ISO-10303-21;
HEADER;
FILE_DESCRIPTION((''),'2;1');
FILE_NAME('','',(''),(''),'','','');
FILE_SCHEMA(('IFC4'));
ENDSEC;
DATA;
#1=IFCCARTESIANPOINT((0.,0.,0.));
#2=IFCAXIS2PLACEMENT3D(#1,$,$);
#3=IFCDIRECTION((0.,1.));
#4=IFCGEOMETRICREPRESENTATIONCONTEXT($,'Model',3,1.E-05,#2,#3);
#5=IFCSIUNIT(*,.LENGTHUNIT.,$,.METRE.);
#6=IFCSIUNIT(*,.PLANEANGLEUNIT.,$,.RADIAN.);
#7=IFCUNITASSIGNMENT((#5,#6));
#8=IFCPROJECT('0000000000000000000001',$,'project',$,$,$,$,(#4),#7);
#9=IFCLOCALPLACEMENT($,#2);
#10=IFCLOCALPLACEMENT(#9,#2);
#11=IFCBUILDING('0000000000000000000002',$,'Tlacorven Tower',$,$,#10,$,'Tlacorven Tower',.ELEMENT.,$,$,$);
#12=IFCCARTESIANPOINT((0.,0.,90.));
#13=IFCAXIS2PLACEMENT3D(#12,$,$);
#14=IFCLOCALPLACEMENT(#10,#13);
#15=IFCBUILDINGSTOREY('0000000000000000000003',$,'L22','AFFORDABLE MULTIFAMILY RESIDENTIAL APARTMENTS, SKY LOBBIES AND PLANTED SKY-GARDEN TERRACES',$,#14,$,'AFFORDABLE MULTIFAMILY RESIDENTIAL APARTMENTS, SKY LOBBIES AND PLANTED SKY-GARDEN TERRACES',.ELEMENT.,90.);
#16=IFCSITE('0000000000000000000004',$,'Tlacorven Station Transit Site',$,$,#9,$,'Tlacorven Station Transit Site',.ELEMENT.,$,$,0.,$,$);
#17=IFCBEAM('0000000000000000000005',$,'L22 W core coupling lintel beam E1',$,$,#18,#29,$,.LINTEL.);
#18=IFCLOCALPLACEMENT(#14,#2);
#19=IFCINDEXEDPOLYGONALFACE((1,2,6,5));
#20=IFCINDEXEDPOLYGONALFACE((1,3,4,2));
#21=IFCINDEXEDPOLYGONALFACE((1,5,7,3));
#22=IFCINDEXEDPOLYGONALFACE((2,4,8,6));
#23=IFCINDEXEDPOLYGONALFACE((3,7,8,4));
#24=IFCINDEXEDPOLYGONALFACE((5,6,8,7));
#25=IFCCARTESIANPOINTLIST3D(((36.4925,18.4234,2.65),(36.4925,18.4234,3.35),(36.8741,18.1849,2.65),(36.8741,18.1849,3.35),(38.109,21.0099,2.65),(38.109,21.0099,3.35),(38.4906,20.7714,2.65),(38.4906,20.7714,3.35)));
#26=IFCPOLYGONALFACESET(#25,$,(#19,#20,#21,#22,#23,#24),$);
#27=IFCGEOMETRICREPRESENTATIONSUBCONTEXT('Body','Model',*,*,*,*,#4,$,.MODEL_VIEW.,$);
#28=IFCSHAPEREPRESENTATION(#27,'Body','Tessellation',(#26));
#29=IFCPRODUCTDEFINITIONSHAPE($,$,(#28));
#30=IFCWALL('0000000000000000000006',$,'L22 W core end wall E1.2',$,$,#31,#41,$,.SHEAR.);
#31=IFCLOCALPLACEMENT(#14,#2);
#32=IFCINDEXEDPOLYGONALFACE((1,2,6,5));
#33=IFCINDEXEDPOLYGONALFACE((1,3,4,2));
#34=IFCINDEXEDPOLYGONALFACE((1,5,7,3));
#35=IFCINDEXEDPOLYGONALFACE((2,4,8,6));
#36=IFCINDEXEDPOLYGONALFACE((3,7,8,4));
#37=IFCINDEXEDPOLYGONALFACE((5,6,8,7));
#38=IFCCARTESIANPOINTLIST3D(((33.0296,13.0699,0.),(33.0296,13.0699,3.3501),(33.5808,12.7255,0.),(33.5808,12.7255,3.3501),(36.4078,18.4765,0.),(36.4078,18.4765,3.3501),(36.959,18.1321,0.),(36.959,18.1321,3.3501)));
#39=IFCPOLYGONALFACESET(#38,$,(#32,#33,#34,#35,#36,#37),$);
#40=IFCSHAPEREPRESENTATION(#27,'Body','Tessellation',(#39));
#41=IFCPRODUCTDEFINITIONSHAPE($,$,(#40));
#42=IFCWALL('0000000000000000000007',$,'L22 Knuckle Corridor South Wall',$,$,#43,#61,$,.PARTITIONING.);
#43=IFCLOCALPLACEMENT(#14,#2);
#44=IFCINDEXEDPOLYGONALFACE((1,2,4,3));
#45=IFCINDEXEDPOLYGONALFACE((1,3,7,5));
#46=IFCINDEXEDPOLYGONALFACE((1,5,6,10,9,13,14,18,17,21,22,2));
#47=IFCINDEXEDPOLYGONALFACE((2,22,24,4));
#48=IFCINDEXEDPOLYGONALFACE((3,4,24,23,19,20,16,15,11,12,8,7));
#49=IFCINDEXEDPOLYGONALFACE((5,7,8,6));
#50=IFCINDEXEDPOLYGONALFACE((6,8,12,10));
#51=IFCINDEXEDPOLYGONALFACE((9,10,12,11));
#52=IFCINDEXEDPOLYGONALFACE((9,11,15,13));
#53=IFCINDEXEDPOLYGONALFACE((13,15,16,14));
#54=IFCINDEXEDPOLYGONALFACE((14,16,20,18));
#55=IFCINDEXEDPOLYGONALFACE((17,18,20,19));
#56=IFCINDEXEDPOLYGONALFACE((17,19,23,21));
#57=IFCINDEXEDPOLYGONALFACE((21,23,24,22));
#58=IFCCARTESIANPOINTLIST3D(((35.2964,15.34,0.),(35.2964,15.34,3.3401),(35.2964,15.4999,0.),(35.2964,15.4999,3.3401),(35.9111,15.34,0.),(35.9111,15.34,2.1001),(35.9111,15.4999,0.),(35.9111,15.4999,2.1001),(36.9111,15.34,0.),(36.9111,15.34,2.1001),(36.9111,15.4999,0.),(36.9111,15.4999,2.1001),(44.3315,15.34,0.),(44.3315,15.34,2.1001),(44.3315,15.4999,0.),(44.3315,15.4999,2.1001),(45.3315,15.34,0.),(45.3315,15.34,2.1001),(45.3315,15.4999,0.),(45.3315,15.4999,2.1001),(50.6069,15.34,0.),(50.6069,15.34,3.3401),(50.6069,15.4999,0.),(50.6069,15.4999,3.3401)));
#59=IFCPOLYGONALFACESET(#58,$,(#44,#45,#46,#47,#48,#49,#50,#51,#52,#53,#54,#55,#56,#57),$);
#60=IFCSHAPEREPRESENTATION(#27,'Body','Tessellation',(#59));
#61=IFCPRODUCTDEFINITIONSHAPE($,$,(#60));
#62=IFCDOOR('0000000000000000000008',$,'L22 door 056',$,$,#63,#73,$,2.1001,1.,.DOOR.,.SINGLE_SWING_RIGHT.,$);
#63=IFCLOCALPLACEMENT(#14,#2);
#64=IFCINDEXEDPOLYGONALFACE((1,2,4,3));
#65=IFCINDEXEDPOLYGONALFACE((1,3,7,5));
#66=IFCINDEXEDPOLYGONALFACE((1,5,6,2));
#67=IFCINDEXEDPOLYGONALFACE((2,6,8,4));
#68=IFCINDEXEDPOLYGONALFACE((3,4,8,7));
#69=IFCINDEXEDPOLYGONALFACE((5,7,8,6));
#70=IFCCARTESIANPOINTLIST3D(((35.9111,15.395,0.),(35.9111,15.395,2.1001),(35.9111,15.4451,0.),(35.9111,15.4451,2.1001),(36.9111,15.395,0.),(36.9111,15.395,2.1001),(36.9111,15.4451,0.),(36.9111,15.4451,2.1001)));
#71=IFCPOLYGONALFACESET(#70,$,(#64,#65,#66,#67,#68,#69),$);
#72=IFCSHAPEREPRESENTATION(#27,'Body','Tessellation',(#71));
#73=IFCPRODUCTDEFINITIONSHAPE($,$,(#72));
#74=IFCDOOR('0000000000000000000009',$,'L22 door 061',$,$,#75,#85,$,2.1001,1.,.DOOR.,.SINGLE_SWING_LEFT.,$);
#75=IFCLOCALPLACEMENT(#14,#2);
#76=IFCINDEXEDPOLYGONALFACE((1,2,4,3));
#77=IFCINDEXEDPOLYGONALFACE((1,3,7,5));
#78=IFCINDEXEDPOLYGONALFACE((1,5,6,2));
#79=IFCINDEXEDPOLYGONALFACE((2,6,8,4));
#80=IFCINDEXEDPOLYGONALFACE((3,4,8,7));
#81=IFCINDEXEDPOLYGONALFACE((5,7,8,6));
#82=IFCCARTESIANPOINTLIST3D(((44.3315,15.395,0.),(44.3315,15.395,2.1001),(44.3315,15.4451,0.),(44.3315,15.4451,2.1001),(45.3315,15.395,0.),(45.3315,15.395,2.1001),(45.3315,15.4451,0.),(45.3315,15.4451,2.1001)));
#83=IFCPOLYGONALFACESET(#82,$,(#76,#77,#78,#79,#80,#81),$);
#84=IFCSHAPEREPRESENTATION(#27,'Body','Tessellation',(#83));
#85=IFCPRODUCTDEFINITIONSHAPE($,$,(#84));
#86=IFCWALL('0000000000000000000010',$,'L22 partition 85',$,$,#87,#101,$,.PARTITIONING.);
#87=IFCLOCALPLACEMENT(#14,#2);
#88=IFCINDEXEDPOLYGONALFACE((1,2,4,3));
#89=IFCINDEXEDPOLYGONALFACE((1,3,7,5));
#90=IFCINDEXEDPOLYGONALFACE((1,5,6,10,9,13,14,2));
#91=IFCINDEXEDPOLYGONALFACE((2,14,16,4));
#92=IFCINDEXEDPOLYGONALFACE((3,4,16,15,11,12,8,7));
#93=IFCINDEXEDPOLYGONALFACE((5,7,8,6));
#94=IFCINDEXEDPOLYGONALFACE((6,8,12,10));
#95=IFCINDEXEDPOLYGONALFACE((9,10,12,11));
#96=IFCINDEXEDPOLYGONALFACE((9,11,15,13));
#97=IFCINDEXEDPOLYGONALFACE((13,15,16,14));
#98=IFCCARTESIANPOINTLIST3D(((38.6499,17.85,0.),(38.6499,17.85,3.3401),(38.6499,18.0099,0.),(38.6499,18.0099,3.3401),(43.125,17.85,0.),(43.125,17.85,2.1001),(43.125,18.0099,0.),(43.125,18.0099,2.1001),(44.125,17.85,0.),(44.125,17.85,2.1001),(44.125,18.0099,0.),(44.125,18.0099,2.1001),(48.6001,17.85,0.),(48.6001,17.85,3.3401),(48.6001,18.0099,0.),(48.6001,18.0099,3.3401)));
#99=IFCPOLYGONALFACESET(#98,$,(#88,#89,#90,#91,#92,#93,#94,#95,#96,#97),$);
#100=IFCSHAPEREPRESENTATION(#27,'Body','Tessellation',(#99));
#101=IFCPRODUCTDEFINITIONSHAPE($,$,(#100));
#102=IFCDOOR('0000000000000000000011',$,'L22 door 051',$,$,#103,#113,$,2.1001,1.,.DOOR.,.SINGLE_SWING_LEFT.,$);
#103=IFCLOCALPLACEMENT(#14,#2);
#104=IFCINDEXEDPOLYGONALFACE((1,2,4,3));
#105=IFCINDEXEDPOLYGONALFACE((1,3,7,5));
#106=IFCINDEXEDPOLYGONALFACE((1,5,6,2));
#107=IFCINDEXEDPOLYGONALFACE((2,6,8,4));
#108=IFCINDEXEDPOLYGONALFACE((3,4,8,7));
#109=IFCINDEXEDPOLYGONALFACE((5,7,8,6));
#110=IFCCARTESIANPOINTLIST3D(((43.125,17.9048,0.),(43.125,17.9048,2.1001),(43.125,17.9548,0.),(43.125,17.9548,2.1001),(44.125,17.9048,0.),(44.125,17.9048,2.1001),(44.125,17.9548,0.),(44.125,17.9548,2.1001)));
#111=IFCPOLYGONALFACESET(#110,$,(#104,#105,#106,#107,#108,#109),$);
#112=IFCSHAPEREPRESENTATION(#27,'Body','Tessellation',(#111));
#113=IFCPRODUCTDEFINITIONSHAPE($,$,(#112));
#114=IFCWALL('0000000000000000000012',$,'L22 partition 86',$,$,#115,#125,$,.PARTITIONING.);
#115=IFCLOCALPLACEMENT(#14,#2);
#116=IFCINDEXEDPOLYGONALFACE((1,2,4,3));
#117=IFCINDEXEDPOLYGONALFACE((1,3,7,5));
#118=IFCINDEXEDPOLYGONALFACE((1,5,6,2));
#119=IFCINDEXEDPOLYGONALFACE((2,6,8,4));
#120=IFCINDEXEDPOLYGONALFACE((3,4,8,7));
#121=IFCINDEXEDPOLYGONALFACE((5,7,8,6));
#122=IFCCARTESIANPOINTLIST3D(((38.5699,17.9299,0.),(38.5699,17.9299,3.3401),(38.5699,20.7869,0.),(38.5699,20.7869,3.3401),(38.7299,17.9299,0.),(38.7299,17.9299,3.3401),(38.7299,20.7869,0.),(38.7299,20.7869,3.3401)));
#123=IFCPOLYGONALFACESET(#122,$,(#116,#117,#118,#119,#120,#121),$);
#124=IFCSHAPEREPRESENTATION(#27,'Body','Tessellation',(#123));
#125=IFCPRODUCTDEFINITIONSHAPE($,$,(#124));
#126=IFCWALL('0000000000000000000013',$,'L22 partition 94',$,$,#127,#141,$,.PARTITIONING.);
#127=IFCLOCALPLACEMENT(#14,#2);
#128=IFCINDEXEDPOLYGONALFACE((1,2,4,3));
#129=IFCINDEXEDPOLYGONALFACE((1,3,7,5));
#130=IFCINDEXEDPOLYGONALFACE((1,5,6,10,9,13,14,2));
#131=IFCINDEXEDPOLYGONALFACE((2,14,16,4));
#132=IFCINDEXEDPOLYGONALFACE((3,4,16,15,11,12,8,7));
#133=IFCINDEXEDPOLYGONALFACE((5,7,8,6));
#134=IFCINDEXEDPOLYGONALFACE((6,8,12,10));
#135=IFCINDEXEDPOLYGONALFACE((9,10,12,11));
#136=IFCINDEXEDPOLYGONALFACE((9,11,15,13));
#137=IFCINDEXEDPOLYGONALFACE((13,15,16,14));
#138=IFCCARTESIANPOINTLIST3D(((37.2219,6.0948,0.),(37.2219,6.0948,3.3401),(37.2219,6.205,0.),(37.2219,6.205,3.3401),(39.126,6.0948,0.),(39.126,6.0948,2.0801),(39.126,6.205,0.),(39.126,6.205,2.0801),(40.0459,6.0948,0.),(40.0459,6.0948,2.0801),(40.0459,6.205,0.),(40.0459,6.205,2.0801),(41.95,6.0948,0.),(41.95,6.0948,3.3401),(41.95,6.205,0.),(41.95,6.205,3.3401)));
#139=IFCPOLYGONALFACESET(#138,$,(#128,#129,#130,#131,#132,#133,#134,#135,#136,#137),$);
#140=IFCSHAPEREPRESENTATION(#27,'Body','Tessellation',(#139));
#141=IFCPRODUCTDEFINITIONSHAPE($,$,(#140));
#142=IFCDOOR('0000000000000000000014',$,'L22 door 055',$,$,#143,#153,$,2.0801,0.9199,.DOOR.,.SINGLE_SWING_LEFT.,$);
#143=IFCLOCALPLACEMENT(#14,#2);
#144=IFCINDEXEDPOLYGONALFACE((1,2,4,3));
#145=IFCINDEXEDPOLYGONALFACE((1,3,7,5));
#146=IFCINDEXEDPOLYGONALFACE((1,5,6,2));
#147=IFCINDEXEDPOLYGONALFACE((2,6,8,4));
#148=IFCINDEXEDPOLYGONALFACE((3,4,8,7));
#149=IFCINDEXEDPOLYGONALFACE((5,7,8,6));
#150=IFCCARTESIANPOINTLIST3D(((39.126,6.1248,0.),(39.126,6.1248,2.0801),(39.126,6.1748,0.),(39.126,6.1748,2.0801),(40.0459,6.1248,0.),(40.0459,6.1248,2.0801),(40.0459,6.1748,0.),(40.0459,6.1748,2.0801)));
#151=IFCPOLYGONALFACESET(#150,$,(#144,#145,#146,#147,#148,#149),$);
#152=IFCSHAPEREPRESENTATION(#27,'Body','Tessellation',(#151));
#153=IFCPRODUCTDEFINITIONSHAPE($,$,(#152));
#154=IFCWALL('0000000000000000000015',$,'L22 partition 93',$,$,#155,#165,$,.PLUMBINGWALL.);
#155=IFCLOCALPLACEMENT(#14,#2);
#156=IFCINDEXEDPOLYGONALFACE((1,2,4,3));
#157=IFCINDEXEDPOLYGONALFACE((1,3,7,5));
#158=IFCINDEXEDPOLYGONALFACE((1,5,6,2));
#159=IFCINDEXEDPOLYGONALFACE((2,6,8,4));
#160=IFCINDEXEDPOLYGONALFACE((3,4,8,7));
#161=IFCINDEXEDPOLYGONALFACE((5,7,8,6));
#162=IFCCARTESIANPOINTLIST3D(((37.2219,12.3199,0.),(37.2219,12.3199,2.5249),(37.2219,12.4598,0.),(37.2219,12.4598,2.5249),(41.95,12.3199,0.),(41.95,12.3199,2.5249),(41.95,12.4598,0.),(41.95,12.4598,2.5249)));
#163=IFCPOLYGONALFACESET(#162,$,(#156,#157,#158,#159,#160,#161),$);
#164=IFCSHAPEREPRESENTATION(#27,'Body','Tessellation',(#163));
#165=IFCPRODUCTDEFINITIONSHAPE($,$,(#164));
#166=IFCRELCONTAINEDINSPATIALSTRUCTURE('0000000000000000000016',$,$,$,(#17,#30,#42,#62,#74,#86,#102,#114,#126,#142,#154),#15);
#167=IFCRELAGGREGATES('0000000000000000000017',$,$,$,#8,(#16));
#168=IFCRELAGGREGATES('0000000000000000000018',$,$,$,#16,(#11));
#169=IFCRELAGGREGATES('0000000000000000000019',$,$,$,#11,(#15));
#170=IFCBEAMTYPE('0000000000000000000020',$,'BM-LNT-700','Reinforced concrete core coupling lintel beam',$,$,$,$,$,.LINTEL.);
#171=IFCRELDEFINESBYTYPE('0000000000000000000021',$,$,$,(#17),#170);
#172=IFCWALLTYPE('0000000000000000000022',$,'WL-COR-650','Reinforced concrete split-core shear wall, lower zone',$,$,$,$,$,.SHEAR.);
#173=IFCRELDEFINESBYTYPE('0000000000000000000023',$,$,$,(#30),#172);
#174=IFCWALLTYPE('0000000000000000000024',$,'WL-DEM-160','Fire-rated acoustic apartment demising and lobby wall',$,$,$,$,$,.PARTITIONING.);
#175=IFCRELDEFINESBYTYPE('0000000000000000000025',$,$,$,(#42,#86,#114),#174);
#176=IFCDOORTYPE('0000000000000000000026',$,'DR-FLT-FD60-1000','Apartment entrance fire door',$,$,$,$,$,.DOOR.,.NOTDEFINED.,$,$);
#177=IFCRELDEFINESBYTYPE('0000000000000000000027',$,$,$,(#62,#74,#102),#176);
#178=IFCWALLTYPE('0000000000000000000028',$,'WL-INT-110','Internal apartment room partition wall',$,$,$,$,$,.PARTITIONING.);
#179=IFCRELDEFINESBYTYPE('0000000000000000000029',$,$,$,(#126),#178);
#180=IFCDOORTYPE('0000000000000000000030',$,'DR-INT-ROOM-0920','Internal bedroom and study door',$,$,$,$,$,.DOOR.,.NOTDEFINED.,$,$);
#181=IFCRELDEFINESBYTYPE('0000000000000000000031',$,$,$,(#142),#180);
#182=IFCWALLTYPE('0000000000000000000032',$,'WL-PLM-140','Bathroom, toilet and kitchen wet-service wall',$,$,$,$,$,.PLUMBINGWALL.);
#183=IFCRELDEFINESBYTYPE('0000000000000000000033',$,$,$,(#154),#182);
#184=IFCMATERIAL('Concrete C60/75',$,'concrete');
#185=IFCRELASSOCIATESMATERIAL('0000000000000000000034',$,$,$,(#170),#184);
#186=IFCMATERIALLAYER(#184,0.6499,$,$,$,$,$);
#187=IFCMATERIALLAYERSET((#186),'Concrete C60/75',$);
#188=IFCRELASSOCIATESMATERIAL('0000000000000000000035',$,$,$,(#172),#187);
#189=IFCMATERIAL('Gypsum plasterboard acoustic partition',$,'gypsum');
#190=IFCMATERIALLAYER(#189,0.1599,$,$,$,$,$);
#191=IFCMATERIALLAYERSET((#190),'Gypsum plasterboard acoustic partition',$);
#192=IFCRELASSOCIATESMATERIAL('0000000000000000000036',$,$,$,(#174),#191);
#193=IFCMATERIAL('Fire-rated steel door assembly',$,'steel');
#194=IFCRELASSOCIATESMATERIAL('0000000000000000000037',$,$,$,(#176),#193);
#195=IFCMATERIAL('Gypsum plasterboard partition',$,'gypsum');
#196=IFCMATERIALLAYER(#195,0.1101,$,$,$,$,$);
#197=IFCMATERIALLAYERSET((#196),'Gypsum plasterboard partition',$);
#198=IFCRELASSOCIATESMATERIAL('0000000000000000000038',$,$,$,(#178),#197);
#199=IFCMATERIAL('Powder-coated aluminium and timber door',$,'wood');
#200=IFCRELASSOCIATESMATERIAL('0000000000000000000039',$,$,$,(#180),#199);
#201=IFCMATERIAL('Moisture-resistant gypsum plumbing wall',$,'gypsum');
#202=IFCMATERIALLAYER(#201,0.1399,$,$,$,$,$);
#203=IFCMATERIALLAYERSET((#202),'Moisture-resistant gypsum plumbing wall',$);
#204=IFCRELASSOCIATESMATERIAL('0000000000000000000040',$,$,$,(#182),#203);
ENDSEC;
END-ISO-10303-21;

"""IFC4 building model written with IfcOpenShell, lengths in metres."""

from ifc_helpers import new_model, si_unit, direction, frame, frame_2d, origin, origin_2d, place, context, subcontext, project, spatial, rectangle, extrude, source, transform, mapped, material, layer, layer_set, material_profile, profile_set, type_object, element, fill, save


model = new_model("IFC4")

# Units and contexts
model_context = context("Model", 3, precision=1e-05, world=origin(), true_north=direction((0.0, 1.0)))
body_context = subcontext(model_context, "Body", "Model", "MODEL_VIEW")
ifc_project = project(units=[si_unit("LENGTHUNIT", "METRE"), si_unit("PLANEANGLEUNIT", "RADIAN")], contexts=[model_context])

# Site, building, storey
site_placement = place(None, origin())
site = spatial("IfcSite", under=ifc_project, at=site_placement, Name="Tlacorven Station Transit Site", LongName="Tlacorven Station Transit Site", CompositionType="ELEMENT", RefElevation=0.0)
building_placement = place(site_placement, origin())
building = spatial("IfcBuilding", under=site, at=building_placement, Name="Tlacorven Tower", LongName="Tlacorven Tower", CompositionType="ELEMENT")
storey_placement = place(building_placement, frame((0.0, 0.0, 90.0)))
storey = spatial("IfcBuildingStorey", under=building, at=storey_placement, Name="L22", Description="AFFORDABLE MULTIFAMILY RESIDENTIAL APARTMENTS, SKY LOBBIES AND PLANTED SKY-GARDEN TERRACES", LongName="AFFORDABLE MULTIFAMILY RESIDENTIAL APARTMENTS, SKY LOBBIES AND PLANTED SKY-GARDEN TERRACES", CompositionType="ELEMENT", Elevation=90.0)

# Beam
ifc_material_1 = material(Name="Concrete C60/75", Category="concrete")
ifc_material_profile = material_profile(ifc_material_1, rectangle(XDim=0.45, YDim=0.7, at=origin_2d()), Name="RC 450X700")
ifc_profile_set = profile_set([ifc_material_profile], Name="Concrete C60/75")
beam_type = type_object("IfcBeamType", Name="BM-LNT-700", Description="Reinforced concrete core coupling lintel beam", PredefinedType="LINTEL", material=ifc_profile_set)
shared_shape_1 = source(origin(), body_context, "Body", "SweptSolid", [
    extrude(rectangle(XDim=0.45, YDim=0.7, at=origin_2d()), origin(), (0.0, 0.0, 1.0), 3.05),
])
beam_placement = place(storey_placement, frame((38.2998, 20.8906, 3.0), z_axis=(-0.529985, -0.848007, 0.0), x_axis=(0.848007, -0.529985, 0.0)))
element("IfcBeam", 1, at=beam_placement, inside=storey, type_object=beam_type, Name="L22 W core coupling lintel beam E1", PredefinedType="LINTEL", context=body_context, shape_type="MappedRepresentation", body=[
    mapped(shared_shape_1, transform((0.0, 0.0, 0.0), scale=1.0)),
])

# Wall
ifc_layer_1 = layer(ifc_material_1, 0.6499)
ifc_layer_set_1 = layer_set([ifc_layer_1], Name="Concrete C60/75")
wall_type_1 = type_object("IfcWallType", Name="WL-COR-650", Description="Reinforced concrete split-core shear wall, lower zone", PredefinedType="SHEAR", material=ifc_layer_set_1)
wall_1_placement = place(storey_placement, frame((36.6833, 18.3042, 0.0), z_axis=(0.0, 0.0, 1.0), x_axis=(-0.529899, -0.848061, 0.0)))
element("IfcWall", 2, at=wall_1_placement, inside=storey, type_object=wall_type_1, Name="L22 W core end wall E1.2", PredefinedType="SHEAR", context=body_context, shape_type="SweptSolid", body=[
    extrude(rectangle(XDim=6.3752, YDim=0.6499, at=frame_2d((3.1875, 0.0))), origin(), (0.0, 0.0, 1.0), 3.3501),
])

# Wall, openings, doors
ifc_material_2 = material(Name="Gypsum plasterboard acoustic partition", Category="gypsum")
ifc_layer_2 = layer(ifc_material_2, 0.1599)
ifc_layer_set_2 = layer_set([ifc_layer_2], Name="Gypsum plasterboard acoustic partition")
wall_type_2 = type_object("IfcWallType", Name="WL-DEM-160", Description="Fire-rated acoustic apartment demising and lobby wall", PredefinedType="PARTITIONING", material=ifc_layer_set_2)
wall_2_placement = place(storey_placement, frame((35.2964, 15.4199, 0.0), z_axis=(0.0, 0.0, 1.0), x_axis=(1.0, 0.0, 0.0)))
wall_2 = element("IfcWall", 3, at=wall_2_placement, inside=storey, type_object=wall_type_2, Name="L22 Knuckle Corridor South Wall", PredefinedType="PARTITIONING", context=body_context, shape_type="SweptSolid", body=[
    extrude(rectangle(XDim=15.3105, YDim=0.1599, at=frame_2d((7.6553, 0.0))), origin(), (0.0, 0.0, 1.0), 3.3401),
])
opening_1_placement = place(wall_2_placement, frame((0.6147, 0.0, 0.0)))
opening_1 = element("IfcOpeningElement", 4, at=opening_1_placement, cuts=wall_2, PredefinedType="OPENING", context=body_context, shape_type="SweptSolid", body=[
    extrude(rectangle(XDim=1.0, YDim=2.1001, at=frame_2d((0.5, 1.05))), frame((0.0, 0.0898, 0.0), z_axis=(0.0, -1.0, 0.0), x_axis=(1.0, 0.0, 0.0)), (0.0, 0.0, 1.0), 0.1799),
])
opening_2_placement = place(wall_2_placement, frame((9.0352, 0.0, 0.0)))
opening_2 = element("IfcOpeningElement", 5, at=opening_2_placement, cuts=wall_2, PredefinedType="OPENING", context=body_context, shape_type="SweptSolid", body=[
    extrude(rectangle(XDim=1.0, YDim=2.1001, at=frame_2d((0.5, 1.05))), frame((0.0, 0.0898, 0.0), z_axis=(0.0, -1.0, 0.0), x_axis=(1.0, 0.0, 0.0)), (0.0, 0.0, 1.0), 0.1799),
])
ifc_material_3 = material(Name="Fire-rated steel door assembly", Category="steel")
door_type_1 = type_object("IfcDoorType", Name="DR-FLT-FD60-1000", Description="Apartment entrance fire door", OperationType="NOTDEFINED", PredefinedType="DOOR", material=ifc_material_3)
shared_shape_2 = source(origin(), body_context, "Body", "SweptSolid", [
    extrude(rectangle(XDim=1.0, YDim=2.1001, at=frame_2d((0.5, 1.05))), frame((0.0, 0.0249, 0.0), z_axis=(0.0, -1.0, 0.0), x_axis=(1.0, 0.0, 0.0)), (0.0, 0.0, 1.0), 0.05),
])
door_1_placement = place(opening_1_placement, frame((1.0, 0.0, 0.0), z_axis=(0.0, 0.0, 1.0), x_axis=(-1.0, 0.0, 0.0)))
door_1 = element("IfcDoor", 6, at=door_1_placement, inside=storey, type_object=door_type_1, Name="L22 door 056", OperationType="SINGLE_SWING_RIGHT", OverallHeight=2.1001, OverallWidth=1.0, PredefinedType="DOOR", context=body_context, shape_type="MappedRepresentation", body=[
    mapped(shared_shape_2, transform((0.0, 0.0, 0.0), scale=1.0)),
])
fill(opening_1, door_1)
door_2_placement = place(opening_2_placement, frame((1.0, 0.0, 0.0), z_axis=(0.0, 0.0, 1.0), x_axis=(-1.0, 0.0, 0.0)))
door_2 = element("IfcDoor", 7, at=door_2_placement, inside=storey, type_object=door_type_1, Name="L22 door 061", OperationType="SINGLE_SWING_LEFT", OverallHeight=2.1001, OverallWidth=1.0, PredefinedType="DOOR", context=body_context, shape_type="MappedRepresentation", body=[
    mapped(shared_shape_2, transform((0.0, 0.0, 0.0), scale=1.0)),
])
fill(opening_2, door_2)

# Wall, opening, door
wall_3_placement = place(storey_placement, frame((38.6499, 17.9299, 0.0), z_axis=(0.0, 0.0, 1.0), x_axis=(1.0, 0.0, 0.0)))
wall_3 = element("IfcWall", 8, at=wall_3_placement, inside=storey, type_object=wall_type_2, Name="L22 partition 85", PredefinedType="PARTITIONING", context=body_context, shape_type="SweptSolid", body=[
    extrude(rectangle(XDim=9.9502, YDim=0.1599, at=frame_2d((4.9751, 0.0))), origin(), (0.0, 0.0, 1.0), 3.3401),
])
opening_3_placement = place(wall_3_placement, frame((4.4751, 0.0, 0.0)))
opening_3 = element("IfcOpeningElement", 9, at=opening_3_placement, cuts=wall_3, PredefinedType="OPENING", context=body_context, shape_type="SweptSolid", body=[
    extrude(rectangle(XDim=1.0, YDim=2.1001, at=frame_2d((0.5, 1.05))), frame((0.0, 0.0898, 0.0), z_axis=(0.0, -1.0, 0.0), x_axis=(1.0, 0.0, 0.0)), (0.0, 0.0, 1.0), 0.1799),
])
door_3_placement = place(opening_3_placement, origin())
door_3 = element("IfcDoor", 10, at=door_3_placement, inside=storey, type_object=door_type_1, Name="L22 door 051", OperationType="SINGLE_SWING_LEFT", OverallHeight=2.1001, OverallWidth=1.0, PredefinedType="DOOR", context=body_context, shape_type="MappedRepresentation", body=[
    mapped(shared_shape_2, transform((0.0, 0.0, 0.0), scale=1.0)),
])
fill(opening_3, door_3)

# Wall
wall_4_placement = place(storey_placement, frame((38.6499, 17.9299, 0.0), z_axis=(0.0, 0.0, 1.0), x_axis=(0.0, 1.0, 0.0)))
element("IfcWall", 11, at=wall_4_placement, inside=storey, type_object=wall_type_2, Name="L22 partition 86", PredefinedType="PARTITIONING", context=body_context, shape_type="SweptSolid", body=[
    extrude(rectangle(XDim=2.8569, YDim=0.1599, at=frame_2d((1.4285, 0.0))), origin(), (0.0, 0.0, 1.0), 3.3401),
])

# Wall, opening, door
ifc_material_4 = material(Name="Gypsum plasterboard partition", Category="gypsum")
ifc_layer_3 = layer(ifc_material_4, 0.1101)
ifc_layer_set_3 = layer_set([ifc_layer_3], Name="Gypsum plasterboard partition")
wall_type_3 = type_object("IfcWallType", Name="WL-INT-110", Description="Internal apartment room partition wall", PredefinedType="PARTITIONING", material=ifc_layer_set_3)
wall_5_placement = place(storey_placement, frame((37.2219, 6.1499, 0.0), z_axis=(0.0, 0.0, 1.0), x_axis=(1.0, 0.0, 0.0)))
wall_5 = element("IfcWall", 12, at=wall_5_placement, inside=storey, type_object=wall_type_3, Name="L22 partition 94", PredefinedType="PARTITIONING", context=body_context, shape_type="SweptSolid", body=[
    extrude(rectangle(XDim=4.728, YDim=0.1101, at=frame_2d((2.364, 0.0))), origin(), (0.0, 0.0, 1.0), 3.3401),
])
opening_4_placement = place(wall_5_placement, frame((1.9041, 0.0, 0.0)))
opening_4 = element("IfcOpeningElement", 13, at=opening_4_placement, cuts=wall_5, PredefinedType="OPENING", context=body_context, shape_type="SweptSolid", body=[
    extrude(rectangle(XDim=0.9199, YDim=2.0801, at=frame_2d((0.46, 1.04))), frame((0.0, 0.0649, 0.0), z_axis=(0.0, -1.0, 0.0), x_axis=(1.0, 0.0, 0.0)), (0.0, 0.0, 1.0), 0.1301),
])
ifc_material_5 = material(Name="Powder-coated aluminium and timber door", Category="wood")
door_type_2 = type_object("IfcDoorType", Name="DR-INT-ROOM-0920", Description="Internal bedroom and study door", OperationType="NOTDEFINED", PredefinedType="DOOR", material=ifc_material_5)
shared_shape_3 = source(origin(), body_context, "Body", "SweptSolid", [
    extrude(rectangle(XDim=0.9199, YDim=2.0801, at=frame_2d((0.46, 1.04))), frame((0.0, 0.0249, 0.0), z_axis=(0.0, -1.0, 0.0), x_axis=(1.0, 0.0, 0.0)), (0.0, 0.0, 1.0), 0.05),
])
door_4_placement = place(opening_4_placement, origin())
door_4 = element("IfcDoor", 14, at=door_4_placement, inside=storey, type_object=door_type_2, Name="L22 door 055", OperationType="SINGLE_SWING_LEFT", OverallHeight=2.0801, OverallWidth=0.9199, PredefinedType="DOOR", context=body_context, shape_type="MappedRepresentation", body=[
    mapped(shared_shape_3, transform((0.0, 0.0, 0.0), scale=1.0)),
])
fill(opening_4, door_4)

# Wall
ifc_material_6 = material(Name="Moisture-resistant gypsum plumbing wall", Category="gypsum")
ifc_layer_4 = layer(ifc_material_6, 0.1399)
ifc_layer_set_4 = layer_set([ifc_layer_4], Name="Moisture-resistant gypsum plumbing wall")
wall_type_4 = type_object("IfcWallType", Name="WL-PLM-140", Description="Bathroom, toilet and kitchen wet-service wall", PredefinedType="PLUMBINGWALL", material=ifc_layer_set_4)
wall_6_placement = place(storey_placement, frame((37.2219, 12.3899, 0.0), z_axis=(0.0, 0.0, 1.0), x_axis=(1.0, 0.0, 0.0)))
element("IfcWall", 15, at=wall_6_placement, inside=storey, type_object=wall_type_4, Name="L22 partition 93", PredefinedType="PLUMBINGWALL", context=body_context, shape_type="SweptSolid", body=[
    extrude(rectangle(XDim=4.728, YDim=0.1399, at=frame_2d((2.364, 0.0))), origin(), (0.0, 0.0, 1.0), 2.5249),
])

save(model, "model.ifc")
